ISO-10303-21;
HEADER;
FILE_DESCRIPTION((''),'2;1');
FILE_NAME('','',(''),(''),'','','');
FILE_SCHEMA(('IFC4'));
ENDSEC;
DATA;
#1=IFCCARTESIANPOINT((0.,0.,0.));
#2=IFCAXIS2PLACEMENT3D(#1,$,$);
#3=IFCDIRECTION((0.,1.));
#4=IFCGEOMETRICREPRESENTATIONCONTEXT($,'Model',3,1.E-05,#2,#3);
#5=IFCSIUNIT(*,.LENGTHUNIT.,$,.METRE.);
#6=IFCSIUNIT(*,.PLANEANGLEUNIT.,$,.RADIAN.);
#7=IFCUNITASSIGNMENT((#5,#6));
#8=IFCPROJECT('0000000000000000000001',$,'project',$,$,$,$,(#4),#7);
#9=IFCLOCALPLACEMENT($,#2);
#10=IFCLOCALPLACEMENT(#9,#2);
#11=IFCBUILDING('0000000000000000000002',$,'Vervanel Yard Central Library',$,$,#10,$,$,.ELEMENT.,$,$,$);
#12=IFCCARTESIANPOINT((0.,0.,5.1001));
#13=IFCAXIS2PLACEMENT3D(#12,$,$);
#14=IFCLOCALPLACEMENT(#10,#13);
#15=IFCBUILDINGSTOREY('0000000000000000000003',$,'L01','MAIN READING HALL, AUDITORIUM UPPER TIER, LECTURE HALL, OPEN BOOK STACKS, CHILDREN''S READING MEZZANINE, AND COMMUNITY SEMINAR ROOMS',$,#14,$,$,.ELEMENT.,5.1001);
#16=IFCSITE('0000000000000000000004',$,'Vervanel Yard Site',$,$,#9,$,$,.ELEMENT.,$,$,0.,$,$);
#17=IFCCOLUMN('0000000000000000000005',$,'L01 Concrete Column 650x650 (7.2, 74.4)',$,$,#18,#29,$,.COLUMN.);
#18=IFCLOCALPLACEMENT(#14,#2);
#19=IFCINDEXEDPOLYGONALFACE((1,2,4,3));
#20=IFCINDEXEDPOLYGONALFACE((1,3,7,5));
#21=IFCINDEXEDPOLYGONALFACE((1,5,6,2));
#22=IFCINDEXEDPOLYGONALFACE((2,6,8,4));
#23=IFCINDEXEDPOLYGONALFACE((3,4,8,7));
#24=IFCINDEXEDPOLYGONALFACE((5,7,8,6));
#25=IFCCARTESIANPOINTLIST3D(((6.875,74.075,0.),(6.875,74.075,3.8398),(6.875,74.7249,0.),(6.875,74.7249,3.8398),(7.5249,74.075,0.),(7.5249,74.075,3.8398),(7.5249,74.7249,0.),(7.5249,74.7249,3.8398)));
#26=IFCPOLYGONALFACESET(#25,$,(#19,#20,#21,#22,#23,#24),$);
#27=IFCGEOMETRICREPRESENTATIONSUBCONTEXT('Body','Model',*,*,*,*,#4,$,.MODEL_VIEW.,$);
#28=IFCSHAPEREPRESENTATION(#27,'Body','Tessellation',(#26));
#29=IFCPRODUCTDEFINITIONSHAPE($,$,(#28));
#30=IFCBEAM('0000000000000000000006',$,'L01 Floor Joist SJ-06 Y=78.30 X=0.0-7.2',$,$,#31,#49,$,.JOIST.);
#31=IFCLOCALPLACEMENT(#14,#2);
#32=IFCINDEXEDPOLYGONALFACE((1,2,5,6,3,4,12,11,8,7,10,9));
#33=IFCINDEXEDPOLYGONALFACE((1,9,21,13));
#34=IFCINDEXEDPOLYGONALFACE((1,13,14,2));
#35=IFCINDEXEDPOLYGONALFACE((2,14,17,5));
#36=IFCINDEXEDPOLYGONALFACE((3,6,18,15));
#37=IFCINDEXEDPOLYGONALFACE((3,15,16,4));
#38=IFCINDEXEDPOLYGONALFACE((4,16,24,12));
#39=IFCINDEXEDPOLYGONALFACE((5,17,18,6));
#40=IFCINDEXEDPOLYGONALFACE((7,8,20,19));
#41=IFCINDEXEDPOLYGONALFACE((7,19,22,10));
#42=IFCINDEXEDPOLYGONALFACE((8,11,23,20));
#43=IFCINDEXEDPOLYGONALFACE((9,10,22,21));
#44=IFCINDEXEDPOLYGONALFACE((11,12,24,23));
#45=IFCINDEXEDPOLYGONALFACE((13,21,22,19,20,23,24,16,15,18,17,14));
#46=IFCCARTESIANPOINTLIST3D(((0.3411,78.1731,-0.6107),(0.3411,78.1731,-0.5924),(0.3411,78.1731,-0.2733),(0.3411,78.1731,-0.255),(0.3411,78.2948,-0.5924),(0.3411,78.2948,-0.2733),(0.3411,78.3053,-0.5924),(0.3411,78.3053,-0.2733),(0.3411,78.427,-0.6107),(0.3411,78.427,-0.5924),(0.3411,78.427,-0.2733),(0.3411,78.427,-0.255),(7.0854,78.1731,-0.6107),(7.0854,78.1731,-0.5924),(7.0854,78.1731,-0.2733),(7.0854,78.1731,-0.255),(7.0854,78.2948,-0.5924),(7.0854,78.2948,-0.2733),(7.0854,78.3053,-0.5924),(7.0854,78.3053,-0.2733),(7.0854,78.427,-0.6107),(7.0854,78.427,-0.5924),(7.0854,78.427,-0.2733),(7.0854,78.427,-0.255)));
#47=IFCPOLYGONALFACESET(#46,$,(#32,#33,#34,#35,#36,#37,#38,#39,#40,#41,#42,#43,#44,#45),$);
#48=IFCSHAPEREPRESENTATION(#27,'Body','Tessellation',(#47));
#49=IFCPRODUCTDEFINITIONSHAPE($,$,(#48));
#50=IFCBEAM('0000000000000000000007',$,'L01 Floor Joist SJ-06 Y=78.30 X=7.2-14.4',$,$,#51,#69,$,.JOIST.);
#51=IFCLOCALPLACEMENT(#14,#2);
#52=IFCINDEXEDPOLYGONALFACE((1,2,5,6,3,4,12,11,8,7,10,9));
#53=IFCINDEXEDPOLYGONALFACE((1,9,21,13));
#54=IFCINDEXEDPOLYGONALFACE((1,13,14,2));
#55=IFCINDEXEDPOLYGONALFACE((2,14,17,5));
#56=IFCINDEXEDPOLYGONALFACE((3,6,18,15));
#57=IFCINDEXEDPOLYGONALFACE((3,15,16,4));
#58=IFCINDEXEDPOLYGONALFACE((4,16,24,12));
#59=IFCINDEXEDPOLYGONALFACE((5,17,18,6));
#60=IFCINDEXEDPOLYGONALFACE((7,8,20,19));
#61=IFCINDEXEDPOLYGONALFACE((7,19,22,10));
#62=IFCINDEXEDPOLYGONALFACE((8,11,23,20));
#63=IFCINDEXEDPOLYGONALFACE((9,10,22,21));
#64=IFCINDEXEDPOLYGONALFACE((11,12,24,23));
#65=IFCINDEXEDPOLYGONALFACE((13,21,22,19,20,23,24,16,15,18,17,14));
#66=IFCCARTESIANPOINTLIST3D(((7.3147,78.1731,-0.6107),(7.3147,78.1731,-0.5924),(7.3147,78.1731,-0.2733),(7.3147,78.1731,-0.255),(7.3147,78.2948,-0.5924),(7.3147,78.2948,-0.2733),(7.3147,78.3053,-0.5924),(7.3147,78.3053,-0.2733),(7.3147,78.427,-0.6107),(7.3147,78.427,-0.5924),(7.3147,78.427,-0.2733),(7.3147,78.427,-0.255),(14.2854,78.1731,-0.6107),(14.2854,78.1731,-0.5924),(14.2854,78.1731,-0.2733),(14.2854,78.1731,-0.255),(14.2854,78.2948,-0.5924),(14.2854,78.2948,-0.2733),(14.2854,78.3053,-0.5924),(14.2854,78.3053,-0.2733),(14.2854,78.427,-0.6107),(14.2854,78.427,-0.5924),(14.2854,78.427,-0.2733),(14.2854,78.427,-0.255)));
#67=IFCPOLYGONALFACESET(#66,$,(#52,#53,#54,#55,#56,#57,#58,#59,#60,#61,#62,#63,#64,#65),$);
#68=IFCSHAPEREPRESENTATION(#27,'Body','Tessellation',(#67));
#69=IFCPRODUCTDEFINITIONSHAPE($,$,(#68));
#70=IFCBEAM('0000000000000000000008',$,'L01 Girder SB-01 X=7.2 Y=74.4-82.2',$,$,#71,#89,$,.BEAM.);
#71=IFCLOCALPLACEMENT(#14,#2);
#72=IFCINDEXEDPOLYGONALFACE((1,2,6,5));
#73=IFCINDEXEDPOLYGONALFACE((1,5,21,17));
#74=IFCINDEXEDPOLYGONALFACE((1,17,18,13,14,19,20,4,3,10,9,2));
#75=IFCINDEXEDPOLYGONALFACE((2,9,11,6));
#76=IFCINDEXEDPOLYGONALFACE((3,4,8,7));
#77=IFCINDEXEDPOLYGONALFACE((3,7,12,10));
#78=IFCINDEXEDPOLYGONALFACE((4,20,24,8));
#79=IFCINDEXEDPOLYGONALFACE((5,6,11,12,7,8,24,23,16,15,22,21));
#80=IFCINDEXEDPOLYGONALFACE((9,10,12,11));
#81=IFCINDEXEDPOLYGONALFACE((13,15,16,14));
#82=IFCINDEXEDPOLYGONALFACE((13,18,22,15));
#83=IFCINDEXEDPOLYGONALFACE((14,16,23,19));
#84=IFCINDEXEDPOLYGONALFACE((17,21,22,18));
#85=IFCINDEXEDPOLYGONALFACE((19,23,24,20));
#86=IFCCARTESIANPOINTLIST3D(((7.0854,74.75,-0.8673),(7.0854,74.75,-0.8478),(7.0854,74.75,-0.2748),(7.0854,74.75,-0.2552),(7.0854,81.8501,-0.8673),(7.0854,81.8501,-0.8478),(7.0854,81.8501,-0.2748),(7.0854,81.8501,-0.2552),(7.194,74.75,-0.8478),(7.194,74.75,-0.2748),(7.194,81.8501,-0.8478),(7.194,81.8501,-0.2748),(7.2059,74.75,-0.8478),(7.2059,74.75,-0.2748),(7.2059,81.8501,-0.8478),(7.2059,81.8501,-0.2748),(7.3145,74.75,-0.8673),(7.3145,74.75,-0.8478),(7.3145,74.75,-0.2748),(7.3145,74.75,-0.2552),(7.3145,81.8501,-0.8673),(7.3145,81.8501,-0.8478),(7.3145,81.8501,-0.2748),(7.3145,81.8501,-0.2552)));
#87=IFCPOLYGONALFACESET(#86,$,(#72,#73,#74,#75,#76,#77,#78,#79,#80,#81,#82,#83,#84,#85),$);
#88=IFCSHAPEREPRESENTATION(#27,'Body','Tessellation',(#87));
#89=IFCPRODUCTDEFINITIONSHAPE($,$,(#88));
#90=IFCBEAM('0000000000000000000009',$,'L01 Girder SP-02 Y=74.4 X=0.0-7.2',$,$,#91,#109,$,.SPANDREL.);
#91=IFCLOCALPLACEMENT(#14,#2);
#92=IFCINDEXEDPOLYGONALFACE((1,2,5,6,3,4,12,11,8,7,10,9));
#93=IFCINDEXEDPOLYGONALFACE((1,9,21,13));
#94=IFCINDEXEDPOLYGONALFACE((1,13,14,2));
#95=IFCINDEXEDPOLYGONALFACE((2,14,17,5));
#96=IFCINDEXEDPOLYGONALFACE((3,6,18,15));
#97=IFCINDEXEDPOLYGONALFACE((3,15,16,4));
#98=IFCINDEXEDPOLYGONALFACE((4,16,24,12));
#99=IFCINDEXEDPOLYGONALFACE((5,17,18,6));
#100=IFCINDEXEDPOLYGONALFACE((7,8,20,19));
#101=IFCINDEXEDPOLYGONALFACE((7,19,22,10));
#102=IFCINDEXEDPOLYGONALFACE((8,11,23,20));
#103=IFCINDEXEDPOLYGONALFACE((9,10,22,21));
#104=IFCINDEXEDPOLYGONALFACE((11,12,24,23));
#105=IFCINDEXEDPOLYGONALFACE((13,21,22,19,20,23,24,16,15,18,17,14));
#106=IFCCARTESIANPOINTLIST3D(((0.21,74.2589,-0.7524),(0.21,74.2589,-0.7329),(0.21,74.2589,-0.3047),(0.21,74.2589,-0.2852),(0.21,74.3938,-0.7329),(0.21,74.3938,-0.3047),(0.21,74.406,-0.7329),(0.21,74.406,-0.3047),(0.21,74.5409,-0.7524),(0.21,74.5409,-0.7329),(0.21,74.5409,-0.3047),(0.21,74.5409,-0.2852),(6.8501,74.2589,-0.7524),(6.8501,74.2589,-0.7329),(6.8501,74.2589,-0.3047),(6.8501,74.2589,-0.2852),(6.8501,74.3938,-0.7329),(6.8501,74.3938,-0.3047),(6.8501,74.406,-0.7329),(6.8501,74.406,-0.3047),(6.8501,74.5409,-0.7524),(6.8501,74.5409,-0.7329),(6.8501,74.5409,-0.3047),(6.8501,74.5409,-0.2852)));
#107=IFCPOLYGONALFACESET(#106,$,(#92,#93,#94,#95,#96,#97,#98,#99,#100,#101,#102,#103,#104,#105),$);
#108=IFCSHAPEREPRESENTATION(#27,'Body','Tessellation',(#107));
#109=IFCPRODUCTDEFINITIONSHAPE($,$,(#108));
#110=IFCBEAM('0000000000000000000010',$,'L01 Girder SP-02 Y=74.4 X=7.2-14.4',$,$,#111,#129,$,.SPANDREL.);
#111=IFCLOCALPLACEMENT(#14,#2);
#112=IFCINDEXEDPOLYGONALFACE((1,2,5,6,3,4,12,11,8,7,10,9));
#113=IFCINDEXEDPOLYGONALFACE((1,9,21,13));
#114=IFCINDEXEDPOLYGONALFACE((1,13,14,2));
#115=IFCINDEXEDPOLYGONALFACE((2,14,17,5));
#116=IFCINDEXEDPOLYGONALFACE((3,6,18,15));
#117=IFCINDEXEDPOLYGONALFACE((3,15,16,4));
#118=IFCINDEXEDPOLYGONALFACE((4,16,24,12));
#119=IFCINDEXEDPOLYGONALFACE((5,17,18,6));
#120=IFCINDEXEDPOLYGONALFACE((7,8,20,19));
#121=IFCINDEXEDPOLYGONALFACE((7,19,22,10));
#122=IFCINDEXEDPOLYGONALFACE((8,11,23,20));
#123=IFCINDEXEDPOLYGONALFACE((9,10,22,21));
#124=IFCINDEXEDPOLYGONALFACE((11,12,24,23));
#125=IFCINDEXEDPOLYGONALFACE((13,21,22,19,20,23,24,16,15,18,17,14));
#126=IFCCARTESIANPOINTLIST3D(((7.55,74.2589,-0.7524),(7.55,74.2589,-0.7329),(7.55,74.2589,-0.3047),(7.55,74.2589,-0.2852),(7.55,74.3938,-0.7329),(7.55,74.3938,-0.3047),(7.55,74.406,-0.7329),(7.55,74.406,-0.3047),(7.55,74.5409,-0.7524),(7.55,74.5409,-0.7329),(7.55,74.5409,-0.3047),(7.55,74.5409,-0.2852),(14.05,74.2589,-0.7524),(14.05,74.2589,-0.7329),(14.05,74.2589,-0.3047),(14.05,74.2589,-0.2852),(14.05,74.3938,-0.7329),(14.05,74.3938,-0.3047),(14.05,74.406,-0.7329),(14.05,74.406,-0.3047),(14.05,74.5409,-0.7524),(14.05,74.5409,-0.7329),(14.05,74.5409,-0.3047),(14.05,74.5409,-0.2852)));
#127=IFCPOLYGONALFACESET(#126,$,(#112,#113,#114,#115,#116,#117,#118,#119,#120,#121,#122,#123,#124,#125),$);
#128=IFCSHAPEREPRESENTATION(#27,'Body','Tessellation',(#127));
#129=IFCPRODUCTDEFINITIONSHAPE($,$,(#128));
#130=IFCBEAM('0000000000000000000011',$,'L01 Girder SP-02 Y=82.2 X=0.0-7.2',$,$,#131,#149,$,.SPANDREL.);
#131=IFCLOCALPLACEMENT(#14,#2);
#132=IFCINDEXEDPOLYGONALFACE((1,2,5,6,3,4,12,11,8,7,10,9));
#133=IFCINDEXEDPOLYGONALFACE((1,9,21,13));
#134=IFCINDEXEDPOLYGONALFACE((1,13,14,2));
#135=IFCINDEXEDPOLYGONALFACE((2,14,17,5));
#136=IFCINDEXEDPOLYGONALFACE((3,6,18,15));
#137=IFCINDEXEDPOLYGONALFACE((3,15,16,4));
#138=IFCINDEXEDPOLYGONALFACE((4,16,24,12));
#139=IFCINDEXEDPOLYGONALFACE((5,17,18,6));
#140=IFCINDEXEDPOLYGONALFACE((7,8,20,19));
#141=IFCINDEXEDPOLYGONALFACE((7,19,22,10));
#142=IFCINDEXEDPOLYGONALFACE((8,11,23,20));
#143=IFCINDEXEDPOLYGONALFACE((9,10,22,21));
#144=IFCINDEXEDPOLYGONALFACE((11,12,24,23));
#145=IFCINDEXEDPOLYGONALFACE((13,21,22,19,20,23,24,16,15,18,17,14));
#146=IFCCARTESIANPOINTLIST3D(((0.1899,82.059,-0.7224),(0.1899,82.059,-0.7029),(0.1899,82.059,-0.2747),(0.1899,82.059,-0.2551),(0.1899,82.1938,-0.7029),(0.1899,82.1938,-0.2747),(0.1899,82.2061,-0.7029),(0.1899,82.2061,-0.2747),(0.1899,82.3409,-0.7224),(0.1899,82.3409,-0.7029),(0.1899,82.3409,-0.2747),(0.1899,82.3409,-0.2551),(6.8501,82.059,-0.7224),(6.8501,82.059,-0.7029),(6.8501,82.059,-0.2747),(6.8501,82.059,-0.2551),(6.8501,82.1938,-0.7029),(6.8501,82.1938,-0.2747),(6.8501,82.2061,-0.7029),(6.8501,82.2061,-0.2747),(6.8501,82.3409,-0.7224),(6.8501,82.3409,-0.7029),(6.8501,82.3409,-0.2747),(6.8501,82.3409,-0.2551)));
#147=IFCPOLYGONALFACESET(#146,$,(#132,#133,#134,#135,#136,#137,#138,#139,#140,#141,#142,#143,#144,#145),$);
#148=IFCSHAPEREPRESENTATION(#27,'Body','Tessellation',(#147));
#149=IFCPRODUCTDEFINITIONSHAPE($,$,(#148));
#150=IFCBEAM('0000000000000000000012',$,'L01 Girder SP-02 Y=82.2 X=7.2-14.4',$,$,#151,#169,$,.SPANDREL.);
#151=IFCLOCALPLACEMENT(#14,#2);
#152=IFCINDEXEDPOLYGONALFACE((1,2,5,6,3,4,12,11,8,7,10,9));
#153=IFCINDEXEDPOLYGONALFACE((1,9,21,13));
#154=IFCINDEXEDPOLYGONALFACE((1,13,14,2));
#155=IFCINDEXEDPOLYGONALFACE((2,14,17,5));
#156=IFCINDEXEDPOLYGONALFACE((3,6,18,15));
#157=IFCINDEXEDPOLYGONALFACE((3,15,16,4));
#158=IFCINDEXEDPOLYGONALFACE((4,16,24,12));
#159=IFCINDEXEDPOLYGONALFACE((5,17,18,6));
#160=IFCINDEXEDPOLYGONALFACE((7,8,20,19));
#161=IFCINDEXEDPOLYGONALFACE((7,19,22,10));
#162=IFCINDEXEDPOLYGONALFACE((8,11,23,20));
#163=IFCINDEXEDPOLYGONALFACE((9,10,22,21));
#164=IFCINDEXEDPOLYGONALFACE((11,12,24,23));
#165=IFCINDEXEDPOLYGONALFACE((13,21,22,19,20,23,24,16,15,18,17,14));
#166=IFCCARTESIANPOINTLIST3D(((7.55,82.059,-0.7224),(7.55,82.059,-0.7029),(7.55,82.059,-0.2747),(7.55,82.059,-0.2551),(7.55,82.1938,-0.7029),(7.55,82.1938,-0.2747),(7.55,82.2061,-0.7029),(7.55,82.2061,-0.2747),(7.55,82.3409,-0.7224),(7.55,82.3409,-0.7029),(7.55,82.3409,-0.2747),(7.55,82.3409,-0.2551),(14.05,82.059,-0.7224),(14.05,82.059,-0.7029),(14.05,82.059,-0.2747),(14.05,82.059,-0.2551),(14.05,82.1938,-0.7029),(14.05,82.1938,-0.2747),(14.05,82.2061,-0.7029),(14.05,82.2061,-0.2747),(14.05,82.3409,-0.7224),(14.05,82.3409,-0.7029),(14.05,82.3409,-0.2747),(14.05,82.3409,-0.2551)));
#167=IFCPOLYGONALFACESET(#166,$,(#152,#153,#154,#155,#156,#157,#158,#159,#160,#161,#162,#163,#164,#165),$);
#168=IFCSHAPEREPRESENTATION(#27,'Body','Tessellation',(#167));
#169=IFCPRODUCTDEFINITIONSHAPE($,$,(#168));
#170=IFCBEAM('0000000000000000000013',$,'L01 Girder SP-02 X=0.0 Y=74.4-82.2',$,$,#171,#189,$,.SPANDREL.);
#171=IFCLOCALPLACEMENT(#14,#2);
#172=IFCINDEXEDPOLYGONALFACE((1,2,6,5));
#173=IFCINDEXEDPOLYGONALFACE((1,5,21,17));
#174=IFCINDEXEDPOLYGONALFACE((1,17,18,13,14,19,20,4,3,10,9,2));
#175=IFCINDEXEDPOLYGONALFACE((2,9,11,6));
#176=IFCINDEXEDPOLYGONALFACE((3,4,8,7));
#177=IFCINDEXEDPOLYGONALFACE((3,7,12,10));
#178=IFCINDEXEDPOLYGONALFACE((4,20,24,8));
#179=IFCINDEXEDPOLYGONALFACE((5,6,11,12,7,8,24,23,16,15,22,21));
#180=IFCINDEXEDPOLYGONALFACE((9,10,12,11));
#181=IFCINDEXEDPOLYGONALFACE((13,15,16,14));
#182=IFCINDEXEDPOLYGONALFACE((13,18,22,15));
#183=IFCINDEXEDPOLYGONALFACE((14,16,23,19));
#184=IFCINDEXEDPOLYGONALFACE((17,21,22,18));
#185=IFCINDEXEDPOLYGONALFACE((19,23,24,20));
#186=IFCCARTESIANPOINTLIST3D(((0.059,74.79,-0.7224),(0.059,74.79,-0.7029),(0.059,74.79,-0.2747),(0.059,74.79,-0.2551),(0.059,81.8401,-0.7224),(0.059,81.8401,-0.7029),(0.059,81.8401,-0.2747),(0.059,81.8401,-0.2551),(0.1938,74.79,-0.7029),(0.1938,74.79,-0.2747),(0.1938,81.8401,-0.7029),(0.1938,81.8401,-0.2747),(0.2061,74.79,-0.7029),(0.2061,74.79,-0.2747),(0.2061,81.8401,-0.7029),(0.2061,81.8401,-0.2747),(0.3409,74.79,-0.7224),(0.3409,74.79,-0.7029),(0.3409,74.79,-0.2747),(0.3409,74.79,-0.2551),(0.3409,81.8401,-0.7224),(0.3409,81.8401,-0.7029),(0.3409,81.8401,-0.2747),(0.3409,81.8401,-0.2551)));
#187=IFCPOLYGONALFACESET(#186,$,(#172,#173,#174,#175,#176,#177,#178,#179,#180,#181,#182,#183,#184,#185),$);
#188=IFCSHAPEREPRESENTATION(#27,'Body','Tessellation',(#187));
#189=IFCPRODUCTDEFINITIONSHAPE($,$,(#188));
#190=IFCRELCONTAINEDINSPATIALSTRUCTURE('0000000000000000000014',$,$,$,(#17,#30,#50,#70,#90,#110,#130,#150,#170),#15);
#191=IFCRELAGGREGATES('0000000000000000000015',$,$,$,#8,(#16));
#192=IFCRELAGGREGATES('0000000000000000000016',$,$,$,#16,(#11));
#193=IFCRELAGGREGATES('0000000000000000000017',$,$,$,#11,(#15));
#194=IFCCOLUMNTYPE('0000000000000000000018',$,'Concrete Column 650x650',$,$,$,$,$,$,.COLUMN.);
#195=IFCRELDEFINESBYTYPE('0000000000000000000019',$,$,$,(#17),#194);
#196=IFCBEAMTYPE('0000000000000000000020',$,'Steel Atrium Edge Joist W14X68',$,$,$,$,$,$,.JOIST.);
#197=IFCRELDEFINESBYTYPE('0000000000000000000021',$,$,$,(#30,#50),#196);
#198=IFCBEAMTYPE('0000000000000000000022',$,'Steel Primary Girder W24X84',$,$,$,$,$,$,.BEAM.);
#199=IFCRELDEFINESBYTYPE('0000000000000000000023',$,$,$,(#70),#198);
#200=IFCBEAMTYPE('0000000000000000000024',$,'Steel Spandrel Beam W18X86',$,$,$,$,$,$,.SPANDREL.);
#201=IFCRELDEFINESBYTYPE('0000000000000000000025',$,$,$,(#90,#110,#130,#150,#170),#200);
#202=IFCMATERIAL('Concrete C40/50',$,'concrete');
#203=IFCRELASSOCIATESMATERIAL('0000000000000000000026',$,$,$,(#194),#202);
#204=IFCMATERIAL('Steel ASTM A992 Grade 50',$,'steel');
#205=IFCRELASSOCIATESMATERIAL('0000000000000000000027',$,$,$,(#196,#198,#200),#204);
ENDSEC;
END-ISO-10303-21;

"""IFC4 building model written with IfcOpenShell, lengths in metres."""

from ifc_helpers import new_model, si_unit, direction, frame, origin, origin_2d, place, context, subcontext, project, spatial, rectangle, i_section, extrude, material, material_profile, profile_set, type_object, element, save


model = new_model("IFC4")

# Units and contexts
model_context = context("Model", 3, precision=1e-05, world=origin(), true_north=direction((0.0, 1.0)))
body_context = subcontext(model_context, "Body", "Model", "MODEL_VIEW")
ifc_project = project(units=[si_unit("LENGTHUNIT", "METRE"), si_unit("PLANEANGLEUNIT", "RADIAN")], contexts=[model_context])

# Site, building, storey
site_placement = place(None, origin())
site = spatial("IfcSite", under=ifc_project, at=site_placement, Name="Vervanel Yard Site", CompositionType="ELEMENT", RefElevation=0.0)
building_placement = place(site_placement, origin())
building = spatial("IfcBuilding", under=site, at=building_placement, Name="Vervanel Yard Central Library", CompositionType="ELEMENT")
storey_placement = place(building_placement, frame((0.0, 0.0, 5.1001)))
storey = spatial("IfcBuildingStorey", under=building, at=storey_placement, Name="L01", Description="MAIN READING HALL, AUDITORIUM UPPER TIER, LECTURE HALL, OPEN BOOK STACKS, CHILDREN'S READING MEZZANINE, AND COMMUNITY SEMINAR ROOMS", CompositionType="ELEMENT", Elevation=5.1001)

# Column
ifc_material_1 = material(Name="Concrete C40/50", Category="concrete")
ifc_material_profile_1 = material_profile(ifc_material_1, rectangle(XDim=0.6499, YDim=0.6499, at=origin_2d()), Name="RC 650x650", Category="concrete")
ifc_profile_set_1 = profile_set([ifc_material_profile_1], Name="Concrete C40/50")
column_type = type_object("IfcColumnType", Name="Concrete Column 650x650", PredefinedType="COLUMN", material=ifc_profile_set_1)
column_placement = place(storey_placement, frame((7.2, 74.3999, 0.0), z_axis=(0.0, 0.0, 1.0), x_axis=(1.0, 0.0, 0.0)))
element("IfcColumn", 1, at=column_placement, inside=storey, type_object=column_type, Name="L01 Concrete Column 650x650 (7.2, 74.4)", PredefinedType="COLUMN", context=body_context, shape_type="SweptSolid", body=[
    extrude(rectangle(XDim=0.6499, YDim=0.6499, at=origin_2d()), origin(), (0.0, 0.0, 1.0), 3.8398),
])

# Beams
ifc_material_2 = material(Name="Steel ASTM A992 Grade 50", Category="steel")
ifc_material_profile_2 = material_profile(ifc_material_2, i_section(OverallWidth=0.2539, OverallDepth=0.3557, WebThickness=0.0105, FlangeThickness=0.0183, at=origin_2d()), Name="W14X68", Category="steel")
ifc_profile_set_2 = profile_set([ifc_material_profile_2], Name="Steel ASTM A992 Grade 50")
beam_type_1 = type_object("IfcBeamType", Name="Steel Atrium Edge Joist W14X68", PredefinedType="JOIST", material=ifc_profile_set_2)
beam_1_placement = place(storey_placement, frame((0.3411, 78.3, -0.4329), z_axis=(1.0, 0.0, 0.0), x_axis=(0.0, 1.0, 0.0)))
element("IfcBeam", 2, at=beam_1_placement, inside=storey, type_object=beam_type_1, Name="L01 Floor Joist SJ-06 Y=78.30 X=0.0-7.2", PredefinedType="JOIST", context=body_context, shape_type="SweptSolid", body=[
    extrude(i_section(OverallWidth=0.2539, OverallDepth=0.3557, WebThickness=0.0105, FlangeThickness=0.0183, at=origin_2d()), origin(), (0.0, 0.0, 1.0), 6.7444),
])
beam_2_placement = place(storey_placement, frame((7.3147, 78.3, -0.4329), z_axis=(1.0, 0.0, 0.0), x_axis=(0.0, 1.0, 0.0)))
element("IfcBeam", 3, at=beam_2_placement, inside=storey, type_object=beam_type_1, Name="L01 Floor Joist SJ-06 Y=78.30 X=7.2-14.4", PredefinedType="JOIST", context=body_context, shape_type="SweptSolid", body=[
    extrude(i_section(OverallWidth=0.2539, OverallDepth=0.3557, WebThickness=0.0105, FlangeThickness=0.0183, at=origin_2d()), origin(), (0.0, 0.0, 1.0), 6.9707),
])
ifc_material_profile_3 = material_profile(ifc_material_2, i_section(OverallWidth=0.229, OverallDepth=0.6121, WebThickness=0.012, FlangeThickness=0.0195, at=origin_2d()), Name="W24X84", Category="steel")
ifc_profile_set_3 = profile_set([ifc_material_profile_3], Name="Steel ASTM A992 Grade 50")
beam_type_2 = type_object("IfcBeamType", Name="Steel Primary Girder W24X84", PredefinedType="BEAM", material=ifc_profile_set_3)
beam_3_placement = place(storey_placement, frame((7.2, 74.75, -0.5613), z_axis=(0.0, 1.0, 0.0), x_axis=(-1.0, 0.0, 0.0)))
element("IfcBeam", 4, at=beam_3_placement, inside=storey, type_object=beam_type_2, Name="L01 Girder SB-01 X=7.2 Y=74.4-82.2", PredefinedType="BEAM", context=body_context, shape_type="SweptSolid", body=[
    extrude(i_section(OverallWidth=0.229, OverallDepth=0.6121, WebThickness=0.012, FlangeThickness=0.0195, at=origin_2d()), origin(), (0.0, 0.0, 1.0), 7.1001),
])
ifc_material_profile_4 = material_profile(ifc_material_2, i_section(OverallWidth=0.282, OverallDepth=0.4673, WebThickness=0.0122, FlangeThickness=0.0195, at=origin_2d()), Name="W18X86", Category="steel")
ifc_profile_set_4 = profile_set([ifc_material_profile_4], Name="Steel ASTM A992 Grade 50")
beam_type_3 = type_object("IfcBeamType", Name="Steel Spandrel Beam W18X86", PredefinedType="SPANDREL", material=ifc_profile_set_4)
beam_4_placement = place(storey_placement, frame((0.21, 74.3999, -0.5188), z_axis=(1.0, 0.0, 0.0), x_axis=(0.0, 1.0, 0.0)))
element("IfcBeam", 5, at=beam_4_placement, inside=storey, type_object=beam_type_3, Name="L01 Girder SP-02 Y=74.4 X=0.0-7.2", PredefinedType="SPANDREL", context=body_context, shape_type="SweptSolid", body=[
    extrude(i_section(OverallWidth=0.282, OverallDepth=0.4673, WebThickness=0.0122, FlangeThickness=0.0195, at=origin_2d()), origin(), (0.0, 0.0, 1.0), 6.6401),
])
beam_5_placement = place(storey_placement, frame((7.55, 74.3999, -0.5188), z_axis=(1.0, 0.0, 0.0), x_axis=(0.0, 1.0, 0.0)))
element("IfcBeam", 6, at=beam_5_placement, inside=storey, type_object=beam_type_3, Name="L01 Girder SP-02 Y=74.4 X=7.2-14.4", PredefinedType="SPANDREL", context=body_context, shape_type="SweptSolid", body=[
    extrude(i_section(OverallWidth=0.282, OverallDepth=0.4673, WebThickness=0.0122, FlangeThickness=0.0195, at=origin_2d()), origin(), (0.0, 0.0, 1.0), 6.5),
])
beam_6_placement = place(storey_placement, frame((0.1899, 82.2, -0.4888), z_axis=(1.0, 0.0, 0.0), x_axis=(0.0, 1.0, 0.0)))
element("IfcBeam", 7, at=beam_6_placement, inside=storey, type_object=beam_type_3, Name="L01 Girder SP-02 Y=82.2 X=0.0-7.2", PredefinedType="SPANDREL", context=body_context, shape_type="SweptSolid", body=[
    extrude(i_section(OverallWidth=0.282, OverallDepth=0.4673, WebThickness=0.0122, FlangeThickness=0.0195, at=origin_2d()), origin(), (0.0, 0.0, 1.0), 6.6602),
])
beam_7_placement = place(storey_placement, frame((7.55, 82.2, -0.4888), z_axis=(1.0, 0.0, 0.0), x_axis=(0.0, 1.0, 0.0)))
element("IfcBeam", 8, at=beam_7_placement, inside=storey, type_object=beam_type_3, Name="L01 Girder SP-02 Y=82.2 X=7.2-14.4", PredefinedType="SPANDREL", context=body_context, shape_type="SweptSolid", body=[
    extrude(i_section(OverallWidth=0.282, OverallDepth=0.4673, WebThickness=0.0122, FlangeThickness=0.0195, at=origin_2d()), origin(), (0.0, 0.0, 1.0), 6.5),
])
beam_8_placement = place(storey_placement, frame((0.2, 74.79, -0.4888), z_axis=(0.0, 1.0, 0.0), x_axis=(-1.0, 0.0, 0.0)))
element("IfcBeam", 9, at=beam_8_placement, inside=storey, type_object=beam_type_3, Name="L01 Girder SP-02 X=0.0 Y=74.4-82.2", PredefinedType="SPANDREL", context=body_context, shape_type="SweptSolid", body=[
    extrude(i_section(OverallWidth=0.282, OverallDepth=0.4673, WebThickness=0.0122, FlangeThickness=0.0195, at=origin_2d()), origin(), (0.0, 0.0, 1.0), 7.05),
])

save(model, "model.ifc")
